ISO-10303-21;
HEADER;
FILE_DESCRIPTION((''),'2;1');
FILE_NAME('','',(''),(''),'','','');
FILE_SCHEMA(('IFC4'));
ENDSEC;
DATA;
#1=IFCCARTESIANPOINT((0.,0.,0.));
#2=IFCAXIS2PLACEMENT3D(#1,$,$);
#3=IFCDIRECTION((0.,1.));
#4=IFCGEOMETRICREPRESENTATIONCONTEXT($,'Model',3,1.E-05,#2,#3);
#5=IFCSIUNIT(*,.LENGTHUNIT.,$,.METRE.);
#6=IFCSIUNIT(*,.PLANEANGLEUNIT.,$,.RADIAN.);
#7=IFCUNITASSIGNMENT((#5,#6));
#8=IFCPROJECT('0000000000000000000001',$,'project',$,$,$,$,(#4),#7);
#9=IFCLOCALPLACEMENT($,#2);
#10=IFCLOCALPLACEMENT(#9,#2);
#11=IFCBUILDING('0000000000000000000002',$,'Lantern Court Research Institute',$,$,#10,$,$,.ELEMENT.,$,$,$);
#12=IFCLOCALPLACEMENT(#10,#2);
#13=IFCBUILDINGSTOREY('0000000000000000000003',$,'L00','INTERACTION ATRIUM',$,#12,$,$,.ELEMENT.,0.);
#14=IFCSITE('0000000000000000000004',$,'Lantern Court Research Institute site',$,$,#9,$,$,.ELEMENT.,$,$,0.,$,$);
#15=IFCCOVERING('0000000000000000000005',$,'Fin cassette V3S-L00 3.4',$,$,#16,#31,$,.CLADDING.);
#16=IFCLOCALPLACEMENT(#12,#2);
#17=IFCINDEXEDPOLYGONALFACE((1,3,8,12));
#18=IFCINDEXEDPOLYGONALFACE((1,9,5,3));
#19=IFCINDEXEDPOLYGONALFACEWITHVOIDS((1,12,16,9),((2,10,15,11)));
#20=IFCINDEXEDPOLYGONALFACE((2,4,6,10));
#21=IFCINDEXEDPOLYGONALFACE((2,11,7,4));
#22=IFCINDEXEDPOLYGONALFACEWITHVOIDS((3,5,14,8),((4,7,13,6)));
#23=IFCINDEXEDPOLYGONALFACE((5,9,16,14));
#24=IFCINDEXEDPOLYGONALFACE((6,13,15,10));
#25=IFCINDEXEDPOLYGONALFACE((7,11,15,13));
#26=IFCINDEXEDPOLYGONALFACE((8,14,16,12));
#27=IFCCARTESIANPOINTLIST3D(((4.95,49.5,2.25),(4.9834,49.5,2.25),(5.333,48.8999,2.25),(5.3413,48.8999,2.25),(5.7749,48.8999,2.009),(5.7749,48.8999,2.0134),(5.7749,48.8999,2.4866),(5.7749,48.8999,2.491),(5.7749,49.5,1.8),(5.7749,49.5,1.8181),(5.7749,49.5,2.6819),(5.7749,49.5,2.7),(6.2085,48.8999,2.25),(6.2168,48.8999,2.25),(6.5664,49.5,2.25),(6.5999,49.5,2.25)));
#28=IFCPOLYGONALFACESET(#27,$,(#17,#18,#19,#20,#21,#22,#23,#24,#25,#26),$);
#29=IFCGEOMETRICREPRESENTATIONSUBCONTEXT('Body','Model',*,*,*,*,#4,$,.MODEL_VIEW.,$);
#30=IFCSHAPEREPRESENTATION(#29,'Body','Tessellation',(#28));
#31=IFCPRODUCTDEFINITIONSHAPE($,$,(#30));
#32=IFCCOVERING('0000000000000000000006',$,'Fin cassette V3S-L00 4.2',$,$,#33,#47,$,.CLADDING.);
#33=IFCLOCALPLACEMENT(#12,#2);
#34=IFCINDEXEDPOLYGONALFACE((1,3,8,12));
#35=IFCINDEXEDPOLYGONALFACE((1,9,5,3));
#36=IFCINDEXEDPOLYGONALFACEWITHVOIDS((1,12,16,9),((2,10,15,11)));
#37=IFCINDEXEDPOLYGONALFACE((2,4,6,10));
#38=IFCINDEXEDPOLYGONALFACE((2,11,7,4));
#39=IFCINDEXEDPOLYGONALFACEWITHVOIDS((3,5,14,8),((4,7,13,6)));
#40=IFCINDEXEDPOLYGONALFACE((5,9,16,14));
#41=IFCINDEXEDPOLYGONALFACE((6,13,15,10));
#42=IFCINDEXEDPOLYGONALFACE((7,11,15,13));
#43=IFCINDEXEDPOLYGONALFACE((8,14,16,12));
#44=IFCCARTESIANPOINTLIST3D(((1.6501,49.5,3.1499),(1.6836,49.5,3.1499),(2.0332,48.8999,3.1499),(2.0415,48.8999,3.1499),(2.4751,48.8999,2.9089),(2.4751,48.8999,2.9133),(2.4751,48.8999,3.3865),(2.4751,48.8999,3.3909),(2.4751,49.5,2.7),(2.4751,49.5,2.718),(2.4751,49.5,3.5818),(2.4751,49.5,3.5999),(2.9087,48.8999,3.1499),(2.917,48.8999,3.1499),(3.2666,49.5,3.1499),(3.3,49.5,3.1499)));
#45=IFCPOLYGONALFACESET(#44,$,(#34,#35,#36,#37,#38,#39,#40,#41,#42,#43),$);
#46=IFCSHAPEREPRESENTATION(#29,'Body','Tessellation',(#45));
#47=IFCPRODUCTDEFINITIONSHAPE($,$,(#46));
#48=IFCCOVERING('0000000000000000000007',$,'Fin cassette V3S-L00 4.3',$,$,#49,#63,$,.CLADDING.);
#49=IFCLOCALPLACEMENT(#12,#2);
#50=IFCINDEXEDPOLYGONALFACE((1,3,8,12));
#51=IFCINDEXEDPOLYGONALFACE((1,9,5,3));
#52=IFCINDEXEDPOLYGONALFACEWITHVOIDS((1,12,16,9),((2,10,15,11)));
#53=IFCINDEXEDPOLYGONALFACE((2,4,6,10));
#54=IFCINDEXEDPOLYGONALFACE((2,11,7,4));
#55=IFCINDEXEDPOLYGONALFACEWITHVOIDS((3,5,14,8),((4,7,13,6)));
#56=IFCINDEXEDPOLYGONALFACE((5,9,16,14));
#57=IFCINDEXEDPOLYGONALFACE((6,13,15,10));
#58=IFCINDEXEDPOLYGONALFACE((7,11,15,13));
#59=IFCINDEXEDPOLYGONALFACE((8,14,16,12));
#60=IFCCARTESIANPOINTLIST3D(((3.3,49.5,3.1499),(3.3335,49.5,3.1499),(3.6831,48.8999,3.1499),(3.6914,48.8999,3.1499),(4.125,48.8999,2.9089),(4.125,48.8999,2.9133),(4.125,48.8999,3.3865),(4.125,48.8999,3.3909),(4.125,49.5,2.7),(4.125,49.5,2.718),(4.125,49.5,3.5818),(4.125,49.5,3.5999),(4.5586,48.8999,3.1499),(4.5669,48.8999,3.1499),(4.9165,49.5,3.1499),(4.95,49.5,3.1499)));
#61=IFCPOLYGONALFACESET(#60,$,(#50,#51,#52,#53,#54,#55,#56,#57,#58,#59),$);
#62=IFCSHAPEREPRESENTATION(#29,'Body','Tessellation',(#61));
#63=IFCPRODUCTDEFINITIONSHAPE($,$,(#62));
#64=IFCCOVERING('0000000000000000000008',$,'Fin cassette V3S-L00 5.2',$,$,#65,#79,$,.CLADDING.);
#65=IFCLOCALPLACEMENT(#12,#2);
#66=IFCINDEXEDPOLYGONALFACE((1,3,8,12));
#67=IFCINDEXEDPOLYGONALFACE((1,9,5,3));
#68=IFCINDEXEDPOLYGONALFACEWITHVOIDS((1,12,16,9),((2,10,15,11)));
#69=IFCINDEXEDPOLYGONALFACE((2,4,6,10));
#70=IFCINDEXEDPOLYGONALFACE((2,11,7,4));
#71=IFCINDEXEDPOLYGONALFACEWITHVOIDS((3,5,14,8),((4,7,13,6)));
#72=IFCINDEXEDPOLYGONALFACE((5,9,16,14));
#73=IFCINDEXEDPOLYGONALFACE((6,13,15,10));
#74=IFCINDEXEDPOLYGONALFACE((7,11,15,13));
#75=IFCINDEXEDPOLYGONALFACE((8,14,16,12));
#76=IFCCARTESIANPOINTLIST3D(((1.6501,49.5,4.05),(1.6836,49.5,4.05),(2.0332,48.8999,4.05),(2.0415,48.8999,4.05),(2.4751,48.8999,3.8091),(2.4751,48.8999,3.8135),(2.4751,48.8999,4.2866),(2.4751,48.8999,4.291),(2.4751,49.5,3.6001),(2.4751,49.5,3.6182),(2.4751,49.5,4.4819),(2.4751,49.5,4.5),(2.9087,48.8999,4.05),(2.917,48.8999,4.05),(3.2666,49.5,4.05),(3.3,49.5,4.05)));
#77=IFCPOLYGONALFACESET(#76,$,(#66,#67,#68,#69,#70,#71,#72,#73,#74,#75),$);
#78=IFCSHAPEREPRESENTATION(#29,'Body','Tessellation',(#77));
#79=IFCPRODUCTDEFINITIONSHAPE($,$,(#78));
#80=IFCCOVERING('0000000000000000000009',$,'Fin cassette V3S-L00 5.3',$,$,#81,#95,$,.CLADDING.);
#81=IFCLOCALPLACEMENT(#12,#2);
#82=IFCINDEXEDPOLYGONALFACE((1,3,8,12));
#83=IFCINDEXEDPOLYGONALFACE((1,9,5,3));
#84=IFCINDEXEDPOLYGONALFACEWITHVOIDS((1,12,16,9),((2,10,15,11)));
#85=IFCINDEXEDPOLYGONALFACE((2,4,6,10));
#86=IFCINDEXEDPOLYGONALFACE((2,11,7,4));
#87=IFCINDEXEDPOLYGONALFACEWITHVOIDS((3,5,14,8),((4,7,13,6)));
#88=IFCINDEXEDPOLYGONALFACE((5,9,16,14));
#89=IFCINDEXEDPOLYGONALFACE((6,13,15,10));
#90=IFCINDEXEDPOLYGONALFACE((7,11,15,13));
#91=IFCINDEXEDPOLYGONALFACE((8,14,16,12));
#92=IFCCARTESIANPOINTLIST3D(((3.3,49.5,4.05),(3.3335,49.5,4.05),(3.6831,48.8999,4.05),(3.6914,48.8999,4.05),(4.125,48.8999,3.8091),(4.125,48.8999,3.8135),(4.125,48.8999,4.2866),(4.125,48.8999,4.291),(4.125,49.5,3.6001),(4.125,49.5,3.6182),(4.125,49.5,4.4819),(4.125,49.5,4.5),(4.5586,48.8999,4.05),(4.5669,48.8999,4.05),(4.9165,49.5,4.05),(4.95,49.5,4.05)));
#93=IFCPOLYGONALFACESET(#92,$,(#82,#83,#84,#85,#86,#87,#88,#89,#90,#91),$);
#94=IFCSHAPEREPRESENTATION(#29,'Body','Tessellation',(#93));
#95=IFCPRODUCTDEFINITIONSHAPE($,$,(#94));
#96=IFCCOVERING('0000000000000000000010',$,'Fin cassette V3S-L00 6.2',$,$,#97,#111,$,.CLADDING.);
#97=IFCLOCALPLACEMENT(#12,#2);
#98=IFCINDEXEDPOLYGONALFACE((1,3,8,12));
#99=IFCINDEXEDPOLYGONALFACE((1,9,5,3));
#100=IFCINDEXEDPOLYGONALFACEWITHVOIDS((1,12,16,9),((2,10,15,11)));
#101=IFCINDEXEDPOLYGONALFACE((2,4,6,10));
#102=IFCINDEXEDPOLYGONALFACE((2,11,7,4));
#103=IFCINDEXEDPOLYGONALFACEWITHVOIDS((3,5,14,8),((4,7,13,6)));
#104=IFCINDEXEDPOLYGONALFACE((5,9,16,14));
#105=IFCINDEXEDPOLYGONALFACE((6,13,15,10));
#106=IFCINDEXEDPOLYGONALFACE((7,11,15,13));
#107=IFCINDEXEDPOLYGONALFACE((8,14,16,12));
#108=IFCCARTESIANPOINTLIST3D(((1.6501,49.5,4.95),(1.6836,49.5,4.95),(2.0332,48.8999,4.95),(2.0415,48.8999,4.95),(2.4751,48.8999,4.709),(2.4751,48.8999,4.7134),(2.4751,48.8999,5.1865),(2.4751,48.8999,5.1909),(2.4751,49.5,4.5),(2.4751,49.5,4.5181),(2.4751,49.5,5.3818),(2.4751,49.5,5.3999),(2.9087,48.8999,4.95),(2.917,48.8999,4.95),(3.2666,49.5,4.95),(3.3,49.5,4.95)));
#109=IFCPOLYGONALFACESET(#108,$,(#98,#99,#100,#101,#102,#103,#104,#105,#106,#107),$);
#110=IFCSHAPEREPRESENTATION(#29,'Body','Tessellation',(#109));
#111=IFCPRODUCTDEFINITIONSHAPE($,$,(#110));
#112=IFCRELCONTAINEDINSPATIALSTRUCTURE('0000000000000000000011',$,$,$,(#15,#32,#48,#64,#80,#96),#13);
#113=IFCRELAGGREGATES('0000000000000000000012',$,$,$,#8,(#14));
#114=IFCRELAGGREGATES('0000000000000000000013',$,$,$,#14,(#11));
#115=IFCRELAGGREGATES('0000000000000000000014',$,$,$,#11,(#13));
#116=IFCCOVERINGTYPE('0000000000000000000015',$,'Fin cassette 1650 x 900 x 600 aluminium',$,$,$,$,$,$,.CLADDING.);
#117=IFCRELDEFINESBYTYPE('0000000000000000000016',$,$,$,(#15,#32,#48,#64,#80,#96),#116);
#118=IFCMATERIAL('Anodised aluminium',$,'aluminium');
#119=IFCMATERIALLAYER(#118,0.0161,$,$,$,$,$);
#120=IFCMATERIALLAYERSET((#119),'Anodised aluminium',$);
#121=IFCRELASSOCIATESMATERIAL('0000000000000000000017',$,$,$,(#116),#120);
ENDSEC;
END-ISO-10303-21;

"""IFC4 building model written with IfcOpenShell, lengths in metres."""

from ifc_helpers import new_model, entity, si_unit, direction, frame, origin, place, context, subcontext, project, spatial, material, layer, layer_set, type_object, element, save


model = new_model("IFC4")

# Units and contexts
model_context = context("Model", 3, precision=1e-05, world=origin(), true_north=direction((0.0, 1.0)))
body_context = subcontext(model_context, "Body", "Model", "MODEL_VIEW")
ifc_project = project(units=[si_unit("LENGTHUNIT", "METRE"), si_unit("PLANEANGLEUNIT", "RADIAN")], contexts=[model_context])

# Site, building, storey
site_placement = place(None, origin())
site = spatial("IfcSite", under=ifc_project, at=site_placement, Name="Lantern Court Research Institute site", CompositionType="ELEMENT", RefElevation=0.0)
building_placement = place(site_placement, origin())
building = spatial("IfcBuilding", under=site, at=building_placement, Name="Lantern Court Research Institute", CompositionType="ELEMENT")
storey_placement = place(building_placement, origin())
storey = spatial("IfcBuildingStorey", under=building, at=storey_placement, Name="L00", Description="INTERACTION ATRIUM", CompositionType="ELEMENT", Elevation=0.0)

# Coverings
ifc_material_1 = material(Name="Anodised aluminium", Category="aluminium")
ifc_layer_1 = layer(ifc_material_1, 0.0161)
ifc_layer_set_1 = layer_set([ifc_layer_1], Name="Anodised aluminium")
covering_type = type_object("IfcCoveringType", Name="Fin cassette 1650 x 900 x 600 aluminium", PredefinedType="CLADDING", material=ifc_layer_set_1)
covering_1_placement = place(storey_placement, frame((5.7749, 49.5, 2.25), z_axis=(0.0, -1.0, 0.0), x_axis=(1.0, 0.0, 0.0)))
cartesian_point_1 = entity("IfcCartesianPoint", [0.825, 0.0])
cartesian_point_2 = entity("IfcCartesianPoint", [0.7915, 0.0])
cartesian_point_3 = entity("IfcCartesianPoint", [0.4419, 0.0])
cartesian_point_4 = entity("IfcCartesianPoint", [0.4336, 0.0])
element("IfcCovering", 1, at=covering_1_placement, inside=storey, type_object=covering_type, Name="Fin cassette V3S-L00 3.4", PredefinedType="CLADDING", context=body_context, shape_type="SweptSolid", body=[
    entity("IfcExtrudedAreaSolidTapered", entity("IfcArbitraryProfileDefWithVoids", "AREA", None, entity("IfcPolyline", [cartesian_point_1, entity("IfcCartesianPoint", [0.0, 0.45]), entity("IfcCartesianPoint", [-0.825, 0.0]), entity("IfcCartesianPoint", [0.0, -0.45]), cartesian_point_1]), [entity("IfcPolyline", [cartesian_point_2, entity("IfcCartesianPoint", [0.0, 0.4319]), entity("IfcCartesianPoint", [-0.7915, 0.0]), entity("IfcCartesianPoint", [0.0, -0.4319]), cartesian_point_2])]), entity("IfcAxis2Placement3D", entity("IfcCartesianPoint", [0.0, 0.0, 0.0])), entity("IfcDirection", [0.0, 0.0, 1.0]), 0.6001, entity("IfcArbitraryProfileDefWithVoids", "AREA", None, entity("IfcPolyline", [cartesian_point_3, entity("IfcCartesianPoint", [0.0, 0.241]), entity("IfcCartesianPoint", [-0.4419, 0.0]), entity("IfcCartesianPoint", [0.0, -0.241]), cartesian_point_3]), [entity("IfcPolyline", [cartesian_point_4, entity("IfcCartesianPoint", [0.0, 0.2366]), entity("IfcCartesianPoint", [-0.4336, 0.0]), entity("IfcCartesianPoint", [0.0, -0.2366]), cartesian_point_4])])),
])
covering_2_placement = place(storey_placement, frame((2.4751, 49.5, 3.1499), z_axis=(0.0, -1.0, 0.0), x_axis=(1.0, 0.0, 0.0)))
cartesian_point_5 = entity("IfcCartesianPoint", [0.825, 0.0])
cartesian_point_6 = entity("IfcCartesianPoint", [0.7915, 0.0])
cartesian_point_7 = entity("IfcCartesianPoint", [0.4419, 0.0])
cartesian_point_8 = entity("IfcCartesianPoint", [0.4336, 0.0])
element("IfcCovering", 2, at=covering_2_placement, inside=storey, type_object=covering_type, Name="Fin cassette V3S-L00 4.2", PredefinedType="CLADDING", context=body_context, shape_type="SweptSolid", body=[
    entity("IfcExtrudedAreaSolidTapered", entity("IfcArbitraryProfileDefWithVoids", "AREA", None, entity("IfcPolyline", [cartesian_point_5, entity("IfcCartesianPoint", [0.0, 0.45]), entity("IfcCartesianPoint", [-0.825, 0.0]), entity("IfcCartesianPoint", [0.0, -0.45]), cartesian_point_5]), [entity("IfcPolyline", [cartesian_point_6, entity("IfcCartesianPoint", [0.0, 0.4319]), entity("IfcCartesianPoint", [-0.7915, 0.0]), entity("IfcCartesianPoint", [0.0, -0.4319]), cartesian_point_6])]), entity("IfcAxis2Placement3D", entity("IfcCartesianPoint", [0.0, 0.0, 0.0])), entity("IfcDirection", [0.0, 0.0, 1.0]), 0.6001, entity("IfcArbitraryProfileDefWithVoids", "AREA", None, entity("IfcPolyline", [cartesian_point_7, entity("IfcCartesianPoint", [0.0, 0.241]), entity("IfcCartesianPoint", [-0.4419, 0.0]), entity("IfcCartesianPoint", [0.0, -0.241]), cartesian_point_7]), [entity("IfcPolyline", [cartesian_point_8, entity("IfcCartesianPoint", [0.0, 0.2366]), entity("IfcCartesianPoint", [-0.4336, 0.0]), entity("IfcCartesianPoint", [0.0, -0.2366]), cartesian_point_8])])),
])
covering_3_placement = place(storey_placement, frame((4.125, 49.5, 3.1499), z_axis=(0.0, -1.0, 0.0), x_axis=(1.0, 0.0, 0.0)))
cartesian_point_9 = entity("IfcCartesianPoint", [0.825, 0.0])
cartesian_point_10 = entity("IfcCartesianPoint", [0.7915, 0.0])
cartesian_point_11 = entity("IfcCartesianPoint", [0.4419, 0.0])
cartesian_point_12 = entity("IfcCartesianPoint", [0.4336, 0.0])
element("IfcCovering", 3, at=covering_3_placement, inside=storey, type_object=covering_type, Name="Fin cassette V3S-L00 4.3", PredefinedType="CLADDING", context=body_context, shape_type="SweptSolid", body=[
    entity("IfcExtrudedAreaSolidTapered", entity("IfcArbitraryProfileDefWithVoids", "AREA", None, entity("IfcPolyline", [cartesian_point_9, entity("IfcCartesianPoint", [0.0, 0.45]), entity("IfcCartesianPoint", [-0.825, 0.0]), entity("IfcCartesianPoint", [0.0, -0.45]), cartesian_point_9]), [entity("IfcPolyline", [cartesian_point_10, entity("IfcCartesianPoint", [0.0, 0.4319]), entity("IfcCartesianPoint", [-0.7915, 0.0]), entity("IfcCartesianPoint", [0.0, -0.4319]), cartesian_point_10])]), entity("IfcAxis2Placement3D", entity("IfcCartesianPoint", [0.0, 0.0, 0.0])), entity("IfcDirection", [0.0, 0.0, 1.0]), 0.6001, entity("IfcArbitraryProfileDefWithVoids", "AREA", None, entity("IfcPolyline", [cartesian_point_11, entity("IfcCartesianPoint", [0.0, 0.241]), entity("IfcCartesianPoint", [-0.4419, 0.0]), entity("IfcCartesianPoint", [0.0, -0.241]), cartesian_point_11]), [entity("IfcPolyline", [cartesian_point_12, entity("IfcCartesianPoint", [0.0, 0.2366]), entity("IfcCartesianPoint", [-0.4336, 0.0]), entity("IfcCartesianPoint", [0.0, -0.2366]), cartesian_point_12])])),
])
covering_4_placement = place(storey_placement, frame((2.4751, 49.5, 4.05), z_axis=(0.0, -1.0, 0.0), x_axis=(1.0, 0.0, 0.0)))
cartesian_point_13 = entity("IfcCartesianPoint", [0.825, 0.0])
cartesian_point_14 = entity("IfcCartesianPoint", [0.7915, 0.0])
cartesian_point_15 = entity("IfcCartesianPoint", [0.4419, 0.0])
cartesian_point_16 = entity("IfcCartesianPoint", [0.4336, 0.0])
element("IfcCovering", 4, at=covering_4_placement, inside=storey, type_object=covering_type, Name="Fin cassette V3S-L00 5.2", PredefinedType="CLADDING", context=body_context, shape_type="SweptSolid", body=[
    entity("IfcExtrudedAreaSolidTapered", entity("IfcArbitraryProfileDefWithVoids", "AREA", None, entity("IfcPolyline", [cartesian_point_13, entity("IfcCartesianPoint", [0.0, 0.45]), entity("IfcCartesianPoint", [-0.825, 0.0]), entity("IfcCartesianPoint", [0.0, -0.45]), cartesian_point_13]), [entity("IfcPolyline", [cartesian_point_14, entity("IfcCartesianPoint", [0.0, 0.4319]), entity("IfcCartesianPoint", [-0.7915, 0.0]), entity("IfcCartesianPoint", [0.0, -0.4319]), cartesian_point_14])]), entity("IfcAxis2Placement3D", entity("IfcCartesianPoint", [0.0, 0.0, 0.0])), entity("IfcDirection", [0.0, 0.0, 1.0]), 0.6001, entity("IfcArbitraryProfileDefWithVoids", "AREA", None, entity("IfcPolyline", [cartesian_point_15, entity("IfcCartesianPoint", [0.0, 0.241]), entity("IfcCartesianPoint", [-0.4419, 0.0]), entity("IfcCartesianPoint", [0.0, -0.241]), cartesian_point_15]), [entity("IfcPolyline", [cartesian_point_16, entity("IfcCartesianPoint", [0.0, 0.2366]), entity("IfcCartesianPoint", [-0.4336, 0.0]), entity("IfcCartesianPoint", [0.0, -0.2366]), cartesian_point_16])])),
])
covering_5_placement = place(storey_placement, frame((4.125, 49.5, 4.05), z_axis=(0.0, -1.0, 0.0), x_axis=(1.0, 0.0, 0.0)))
cartesian_point_17 = entity("IfcCartesianPoint", [0.825, 0.0])
cartesian_point_18 = entity("IfcCartesianPoint", [0.7915, 0.0])
cartesian_point_19 = entity("IfcCartesianPoint", [0.4419, 0.0])
cartesian_point_20 = entity("IfcCartesianPoint", [0.4336, 0.0])
element("IfcCovering", 5, at=covering_5_placement, inside=storey, type_object=covering_type, Name="Fin cassette V3S-L00 5.3", PredefinedType="CLADDING", context=body_context, shape_type="SweptSolid", body=[
    entity("IfcExtrudedAreaSolidTapered", entity("IfcArbitraryProfileDefWithVoids", "AREA", None, entity("IfcPolyline", [cartesian_point_17, entity("IfcCartesianPoint", [0.0, 0.45]), entity("IfcCartesianPoint", [-0.825, 0.0]), entity("IfcCartesianPoint", [0.0, -0.45]), cartesian_point_17]), [entity("IfcPolyline", [cartesian_point_18, entity("IfcCartesianPoint", [0.0, 0.4319]), entity("IfcCartesianPoint", [-0.7915, 0.0]), entity("IfcCartesianPoint", [0.0, -0.4319]), cartesian_point_18])]), entity("IfcAxis2Placement3D", entity("IfcCartesianPoint", [0.0, 0.0, 0.0])), entity("IfcDirection", [0.0, 0.0, 1.0]), 0.6001, entity("IfcArbitraryProfileDefWithVoids", "AREA", None, entity("IfcPolyline", [cartesian_point_19, entity("IfcCartesianPoint", [0.0, 0.241]), entity("IfcCartesianPoint", [-0.4419, 0.0]), entity("IfcCartesianPoint", [0.0, -0.241]), cartesian_point_19]), [entity("IfcPolyline", [cartesian_point_20, entity("IfcCartesianPoint", [0.0, 0.2366]), entity("IfcCartesianPoint", [-0.4336, 0.0]), entity("IfcCartesianPoint", [0.0, -0.2366]), cartesian_point_20])])),
])
covering_6_placement = place(storey_placement, frame((2.4751, 49.5, 4.95), z_axis=(0.0, -1.0, 0.0), x_axis=(1.0, 0.0, 0.0)))
cartesian_point_21 = entity("IfcCartesianPoint", [0.825, 0.0])
cartesian_point_22 = entity("IfcCartesianPoint", [0.7915, 0.0])
cartesian_point_23 = entity("IfcCartesianPoint", [0.4419, 0.0])
cartesian_point_24 = entity("IfcCartesianPoint", [0.4336, 0.0])
element("IfcCovering", 6, at=covering_6_placement, inside=storey, type_object=covering_type, Name="Fin cassette V3S-L00 6.2", PredefinedType="CLADDING", context=body_context, shape_type="SweptSolid", body=[
    entity("IfcExtrudedAreaSolidTapered", entity("IfcArbitraryProfileDefWithVoids", "AREA", None, entity("IfcPolyline", [cartesian_point_21, entity("IfcCartesianPoint", [0.0, 0.45]), entity("IfcCartesianPoint", [-0.825, 0.0]), entity("IfcCartesianPoint", [0.0, -0.45]), cartesian_point_21]), [entity("IfcPolyline", [cartesian_point_22, entity("IfcCartesianPoint", [0.0, 0.4319]), entity("IfcCartesianPoint", [-0.7915, 0.0]), entity("IfcCartesianPoint", [0.0, -0.4319]), cartesian_point_22])]), entity("IfcAxis2Placement3D", entity("IfcCartesianPoint", [0.0, 0.0, 0.0])), entity("IfcDirection", [0.0, 0.0, 1.0]), 0.6001, entity("IfcArbitraryProfileDefWithVoids", "AREA", None, entity("IfcPolyline", [cartesian_point_23, entity("IfcCartesianPoint", [0.0, 0.241]), entity("IfcCartesianPoint", [-0.4419, 0.0]), entity("IfcCartesianPoint", [0.0, -0.241]), cartesian_point_23]), [entity("IfcPolyline", [cartesian_point_24, entity("IfcCartesianPoint", [0.0, 0.2366]), entity("IfcCartesianPoint", [-0.4336, 0.0]), entity("IfcCartesianPoint", [0.0, -0.2366]), cartesian_point_24])])),
])

save(model, "model.ifc")
